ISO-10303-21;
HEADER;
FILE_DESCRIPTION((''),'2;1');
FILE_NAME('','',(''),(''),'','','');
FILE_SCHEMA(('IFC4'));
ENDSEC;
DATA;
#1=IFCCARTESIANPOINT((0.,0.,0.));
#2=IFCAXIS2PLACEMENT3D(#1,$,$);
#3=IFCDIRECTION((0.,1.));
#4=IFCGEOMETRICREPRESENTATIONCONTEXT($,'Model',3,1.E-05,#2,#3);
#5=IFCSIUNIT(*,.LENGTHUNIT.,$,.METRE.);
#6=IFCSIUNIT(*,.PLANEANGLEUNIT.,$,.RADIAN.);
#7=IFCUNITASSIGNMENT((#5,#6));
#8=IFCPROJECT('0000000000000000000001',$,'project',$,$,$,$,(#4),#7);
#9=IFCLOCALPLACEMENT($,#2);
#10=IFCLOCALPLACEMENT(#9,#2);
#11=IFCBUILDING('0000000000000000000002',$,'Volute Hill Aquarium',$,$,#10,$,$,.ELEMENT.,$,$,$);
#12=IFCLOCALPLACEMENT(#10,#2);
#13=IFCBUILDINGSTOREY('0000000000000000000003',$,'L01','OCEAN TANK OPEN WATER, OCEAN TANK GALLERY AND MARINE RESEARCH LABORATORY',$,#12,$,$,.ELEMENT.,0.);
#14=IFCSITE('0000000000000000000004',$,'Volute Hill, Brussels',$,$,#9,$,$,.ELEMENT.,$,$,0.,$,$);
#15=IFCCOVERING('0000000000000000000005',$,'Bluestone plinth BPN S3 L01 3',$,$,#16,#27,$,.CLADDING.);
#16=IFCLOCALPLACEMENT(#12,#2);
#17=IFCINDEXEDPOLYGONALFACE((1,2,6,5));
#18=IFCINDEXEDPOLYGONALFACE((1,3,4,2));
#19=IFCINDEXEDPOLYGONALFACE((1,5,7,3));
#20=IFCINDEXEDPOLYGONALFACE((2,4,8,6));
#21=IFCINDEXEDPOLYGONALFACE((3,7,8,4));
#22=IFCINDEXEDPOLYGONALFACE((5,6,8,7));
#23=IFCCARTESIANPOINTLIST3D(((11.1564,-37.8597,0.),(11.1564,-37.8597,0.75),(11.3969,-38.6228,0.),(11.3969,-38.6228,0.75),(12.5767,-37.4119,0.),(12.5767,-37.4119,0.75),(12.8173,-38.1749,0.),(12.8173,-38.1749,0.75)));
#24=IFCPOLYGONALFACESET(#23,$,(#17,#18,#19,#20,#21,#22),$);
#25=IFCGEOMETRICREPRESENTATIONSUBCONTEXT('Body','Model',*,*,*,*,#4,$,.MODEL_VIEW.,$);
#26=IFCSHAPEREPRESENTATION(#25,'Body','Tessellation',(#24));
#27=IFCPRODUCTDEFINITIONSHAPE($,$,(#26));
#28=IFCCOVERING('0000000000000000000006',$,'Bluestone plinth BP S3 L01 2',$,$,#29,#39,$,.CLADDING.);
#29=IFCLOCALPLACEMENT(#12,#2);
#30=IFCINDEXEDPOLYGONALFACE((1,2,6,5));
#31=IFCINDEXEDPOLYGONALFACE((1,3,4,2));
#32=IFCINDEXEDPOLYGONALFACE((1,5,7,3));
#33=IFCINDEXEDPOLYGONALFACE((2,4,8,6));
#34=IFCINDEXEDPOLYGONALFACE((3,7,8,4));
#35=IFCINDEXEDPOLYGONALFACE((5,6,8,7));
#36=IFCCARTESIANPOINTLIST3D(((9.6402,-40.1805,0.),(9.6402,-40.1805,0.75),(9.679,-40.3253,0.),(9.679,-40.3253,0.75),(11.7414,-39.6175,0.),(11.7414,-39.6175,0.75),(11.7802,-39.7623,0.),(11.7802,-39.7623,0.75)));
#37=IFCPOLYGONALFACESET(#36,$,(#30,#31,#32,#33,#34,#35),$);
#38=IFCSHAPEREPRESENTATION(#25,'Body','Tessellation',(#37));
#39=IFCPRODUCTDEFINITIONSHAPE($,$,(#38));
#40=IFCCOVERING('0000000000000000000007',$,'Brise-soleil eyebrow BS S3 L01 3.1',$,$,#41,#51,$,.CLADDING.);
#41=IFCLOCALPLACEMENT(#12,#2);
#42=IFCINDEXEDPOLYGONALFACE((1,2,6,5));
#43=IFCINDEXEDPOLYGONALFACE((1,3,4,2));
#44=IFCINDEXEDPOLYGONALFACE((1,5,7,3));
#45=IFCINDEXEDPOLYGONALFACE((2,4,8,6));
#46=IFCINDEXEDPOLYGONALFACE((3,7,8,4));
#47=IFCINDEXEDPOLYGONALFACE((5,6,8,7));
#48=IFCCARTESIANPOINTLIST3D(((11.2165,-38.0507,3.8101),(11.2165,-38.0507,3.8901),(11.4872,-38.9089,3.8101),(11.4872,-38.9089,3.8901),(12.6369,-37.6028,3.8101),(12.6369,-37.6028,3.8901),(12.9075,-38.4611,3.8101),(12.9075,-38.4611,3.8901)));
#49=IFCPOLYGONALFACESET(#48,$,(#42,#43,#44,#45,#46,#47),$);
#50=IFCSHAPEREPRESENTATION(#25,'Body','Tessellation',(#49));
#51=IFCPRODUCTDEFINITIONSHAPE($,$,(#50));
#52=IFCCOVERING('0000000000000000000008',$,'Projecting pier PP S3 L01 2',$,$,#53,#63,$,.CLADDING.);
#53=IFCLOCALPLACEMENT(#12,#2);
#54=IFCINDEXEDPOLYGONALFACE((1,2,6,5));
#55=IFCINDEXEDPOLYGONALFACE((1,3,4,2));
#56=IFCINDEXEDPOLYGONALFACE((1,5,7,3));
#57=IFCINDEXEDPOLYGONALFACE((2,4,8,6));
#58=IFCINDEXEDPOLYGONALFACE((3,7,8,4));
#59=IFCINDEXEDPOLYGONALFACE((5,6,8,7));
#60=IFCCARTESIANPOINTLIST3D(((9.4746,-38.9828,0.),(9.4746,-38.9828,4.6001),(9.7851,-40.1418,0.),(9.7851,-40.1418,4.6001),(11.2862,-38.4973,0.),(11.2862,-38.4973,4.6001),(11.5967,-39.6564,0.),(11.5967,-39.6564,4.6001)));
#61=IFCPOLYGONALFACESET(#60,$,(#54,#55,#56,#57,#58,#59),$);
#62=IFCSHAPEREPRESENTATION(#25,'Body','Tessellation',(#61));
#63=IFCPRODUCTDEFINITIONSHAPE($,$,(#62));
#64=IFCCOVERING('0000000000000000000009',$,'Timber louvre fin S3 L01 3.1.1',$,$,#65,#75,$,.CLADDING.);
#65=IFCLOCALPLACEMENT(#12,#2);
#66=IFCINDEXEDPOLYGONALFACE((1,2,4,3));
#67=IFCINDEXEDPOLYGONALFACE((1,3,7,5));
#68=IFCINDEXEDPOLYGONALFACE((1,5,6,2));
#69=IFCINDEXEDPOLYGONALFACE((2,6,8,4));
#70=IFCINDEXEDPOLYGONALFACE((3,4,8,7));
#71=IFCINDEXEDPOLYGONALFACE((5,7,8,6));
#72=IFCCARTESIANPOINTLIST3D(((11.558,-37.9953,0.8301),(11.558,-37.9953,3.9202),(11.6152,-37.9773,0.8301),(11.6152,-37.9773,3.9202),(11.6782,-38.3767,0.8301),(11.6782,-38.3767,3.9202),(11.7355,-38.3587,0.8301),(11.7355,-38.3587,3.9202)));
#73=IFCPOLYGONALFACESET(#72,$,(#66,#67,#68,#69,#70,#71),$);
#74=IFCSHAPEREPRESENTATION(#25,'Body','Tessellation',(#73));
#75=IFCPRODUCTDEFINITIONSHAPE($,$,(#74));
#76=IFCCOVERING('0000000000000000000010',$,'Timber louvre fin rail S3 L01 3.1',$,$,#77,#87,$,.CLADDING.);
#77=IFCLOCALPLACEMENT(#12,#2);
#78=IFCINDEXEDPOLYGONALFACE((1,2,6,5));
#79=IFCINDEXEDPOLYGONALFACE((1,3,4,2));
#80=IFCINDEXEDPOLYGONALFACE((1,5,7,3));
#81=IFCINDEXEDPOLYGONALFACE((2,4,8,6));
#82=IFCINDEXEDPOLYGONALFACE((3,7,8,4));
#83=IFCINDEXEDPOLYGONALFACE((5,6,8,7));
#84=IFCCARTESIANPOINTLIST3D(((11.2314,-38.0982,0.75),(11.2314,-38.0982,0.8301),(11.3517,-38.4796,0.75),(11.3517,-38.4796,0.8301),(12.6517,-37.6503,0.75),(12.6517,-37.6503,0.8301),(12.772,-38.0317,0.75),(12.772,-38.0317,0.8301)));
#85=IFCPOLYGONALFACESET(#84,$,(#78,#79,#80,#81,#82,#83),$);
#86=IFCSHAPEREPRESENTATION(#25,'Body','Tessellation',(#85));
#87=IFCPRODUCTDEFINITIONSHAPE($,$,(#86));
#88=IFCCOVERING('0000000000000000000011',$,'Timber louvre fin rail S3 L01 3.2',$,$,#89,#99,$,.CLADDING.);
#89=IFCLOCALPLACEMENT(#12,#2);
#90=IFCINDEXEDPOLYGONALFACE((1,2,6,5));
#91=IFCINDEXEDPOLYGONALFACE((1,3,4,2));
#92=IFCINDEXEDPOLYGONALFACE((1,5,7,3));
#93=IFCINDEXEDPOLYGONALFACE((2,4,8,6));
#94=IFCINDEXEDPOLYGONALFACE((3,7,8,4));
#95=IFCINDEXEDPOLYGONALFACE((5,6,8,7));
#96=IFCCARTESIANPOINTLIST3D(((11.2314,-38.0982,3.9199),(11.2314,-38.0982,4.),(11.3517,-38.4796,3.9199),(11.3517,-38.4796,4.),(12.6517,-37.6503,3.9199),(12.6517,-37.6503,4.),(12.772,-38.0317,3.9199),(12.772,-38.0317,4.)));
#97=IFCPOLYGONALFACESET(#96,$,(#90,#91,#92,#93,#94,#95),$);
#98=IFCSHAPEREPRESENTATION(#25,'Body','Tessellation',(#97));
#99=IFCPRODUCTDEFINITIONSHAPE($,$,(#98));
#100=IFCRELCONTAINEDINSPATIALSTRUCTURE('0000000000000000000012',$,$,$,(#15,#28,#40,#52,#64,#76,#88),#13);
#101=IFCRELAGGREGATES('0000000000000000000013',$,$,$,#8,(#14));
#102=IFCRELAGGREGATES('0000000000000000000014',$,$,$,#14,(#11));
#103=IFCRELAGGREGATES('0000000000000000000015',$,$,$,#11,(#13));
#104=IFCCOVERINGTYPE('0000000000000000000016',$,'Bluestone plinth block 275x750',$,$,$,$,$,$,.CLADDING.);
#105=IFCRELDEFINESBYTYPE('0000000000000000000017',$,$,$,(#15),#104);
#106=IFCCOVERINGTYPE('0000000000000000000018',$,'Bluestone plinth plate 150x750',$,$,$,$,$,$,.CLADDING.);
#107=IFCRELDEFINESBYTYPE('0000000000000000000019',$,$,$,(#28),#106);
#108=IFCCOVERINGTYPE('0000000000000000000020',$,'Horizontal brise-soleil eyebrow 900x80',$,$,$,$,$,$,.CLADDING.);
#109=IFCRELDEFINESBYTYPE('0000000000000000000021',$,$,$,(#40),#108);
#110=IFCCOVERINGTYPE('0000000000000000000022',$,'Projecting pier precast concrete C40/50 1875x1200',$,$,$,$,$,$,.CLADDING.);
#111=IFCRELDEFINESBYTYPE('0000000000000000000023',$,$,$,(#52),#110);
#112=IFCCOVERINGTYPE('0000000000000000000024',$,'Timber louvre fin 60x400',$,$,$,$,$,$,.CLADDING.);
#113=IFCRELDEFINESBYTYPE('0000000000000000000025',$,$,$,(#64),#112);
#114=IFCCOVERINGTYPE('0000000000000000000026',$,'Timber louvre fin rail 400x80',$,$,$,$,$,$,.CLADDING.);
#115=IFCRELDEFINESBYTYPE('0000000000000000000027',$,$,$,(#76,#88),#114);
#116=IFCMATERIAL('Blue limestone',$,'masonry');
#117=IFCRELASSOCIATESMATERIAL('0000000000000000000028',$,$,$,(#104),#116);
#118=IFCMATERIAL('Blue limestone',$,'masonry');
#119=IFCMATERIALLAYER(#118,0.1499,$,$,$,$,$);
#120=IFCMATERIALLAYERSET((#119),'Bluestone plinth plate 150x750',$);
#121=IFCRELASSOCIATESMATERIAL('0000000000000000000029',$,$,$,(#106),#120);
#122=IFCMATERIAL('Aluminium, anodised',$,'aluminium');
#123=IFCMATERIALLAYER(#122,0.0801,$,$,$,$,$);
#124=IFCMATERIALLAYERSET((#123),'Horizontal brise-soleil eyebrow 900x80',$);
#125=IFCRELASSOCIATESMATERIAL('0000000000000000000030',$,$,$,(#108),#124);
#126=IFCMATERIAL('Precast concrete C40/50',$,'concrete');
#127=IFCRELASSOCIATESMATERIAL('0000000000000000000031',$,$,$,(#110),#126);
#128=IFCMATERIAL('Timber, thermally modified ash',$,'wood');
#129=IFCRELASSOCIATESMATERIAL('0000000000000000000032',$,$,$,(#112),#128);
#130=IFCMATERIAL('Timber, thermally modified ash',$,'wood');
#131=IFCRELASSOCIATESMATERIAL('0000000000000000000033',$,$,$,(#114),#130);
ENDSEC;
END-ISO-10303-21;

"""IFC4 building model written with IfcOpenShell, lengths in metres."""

from ifc_helpers import new_model, si_unit, direction, frame, origin, origin_2d, place, context, subcontext, project, spatial, rectangle, extrude, material, layer, layer_set, type_object, element, save


model = new_model("IFC4")

# Units and contexts
model_context = context("Model", 3, precision=1e-05, world=origin(), true_north=direction((0.0, 1.0)))
body_context = subcontext(model_context, "Body", "Model", "MODEL_VIEW")
ifc_project = project(units=[si_unit("LENGTHUNIT", "METRE"), si_unit("PLANEANGLEUNIT", "RADIAN")], contexts=[model_context])

# Site, building, storey
site_placement = place(None, origin())
site = spatial("IfcSite", under=ifc_project, at=site_placement, Name="Volute Hill, Brussels", CompositionType="ELEMENT", RefElevation=0.0)
building_placement = place(site_placement, origin())
building = spatial("IfcBuilding", under=site, at=building_placement, Name="Volute Hill Aquarium", CompositionType="ELEMENT")
storey_placement = place(building_placement, origin())
storey = spatial("IfcBuildingStorey", under=building, at=storey_placement, Name="L01", Description="OCEAN TANK OPEN WATER, OCEAN TANK GALLERY AND MARINE RESEARCH LABORATORY", CompositionType="ELEMENT", Elevation=0.0)

# Coverings
ifc_material_1 = material(Name="Blue limestone", Category="masonry")
covering_type_1 = type_object("IfcCoveringType", Name="Bluestone plinth block 275x750", PredefinedType="CLADDING", material=ifc_material_1)
covering_1_placement = place(storey_placement, frame((11.9868, -38.0173, 0.0), z_axis=(0.0, 0.0, 1.0), x_axis=(0.953714, 0.300715, 0.0)))
element("IfcCovering", 1, at=covering_1_placement, inside=storey, type_object=covering_type_1, Name="Bluestone plinth BPN S3 L01 3", PredefinedType="CLADDING", context=body_context, shape_type="SweptSolid", body=[
    extrude(rectangle(XDim=1.4893, YDim=0.8, at=origin_2d()), origin(), (0.0, 0.0, 1.0), 0.75),
])
ifc_material_2 = material(Name="Blue limestone", Category="masonry")
ifc_layer_1 = layer(ifc_material_2, 0.1499)
ifc_layer_set_1 = layer_set([ifc_layer_1], Name="Bluestone plinth plate 150x750")
covering_type_2 = type_object("IfcCoveringType", Name="Bluestone plinth plate 150x750", PredefinedType="CLADDING", material=ifc_layer_set_1)
covering_2_placement = place(storey_placement, frame((10.7102, -39.9714, 0.0), z_axis=(0.0, 0.0, 1.0), x_axis=(0.965926, 0.258819, 0.0)))
element("IfcCovering", 2, at=covering_2_placement, inside=storey, type_object=covering_type_2, Name="Bluestone plinth BP S3 L01 2", PredefinedType="CLADDING", context=body_context, shape_type="SweptSolid", body=[
    extrude(rectangle(XDim=2.1753, YDim=0.1499, at=origin_2d()), origin(), (0.0, 0.0, 1.0), 0.75),
])
ifc_material_3 = material(Name="Aluminium, anodised", Category="aluminium")
ifc_layer_2 = layer(ifc_material_3, 0.0801)
ifc_layer_set_2 = layer_set([ifc_layer_2], Name="Horizontal brise-soleil eyebrow 900x80")
covering_type_3 = type_object("IfcCoveringType", Name="Horizontal brise-soleil eyebrow 900x80", PredefinedType="CLADDING", material=ifc_layer_set_2)
covering_3_placement = place(storey_placement, frame((12.062, -38.2559, 3.8101), z_axis=(0.0, 0.0, 1.0), x_axis=(0.953714, 0.300715, 0.0)))
element("IfcCovering", 3, at=covering_3_placement, inside=storey, type_object=covering_type_3, Name="Brise-soleil eyebrow BS S3 L01 3.1", PredefinedType="CLADDING", context=body_context, shape_type="SweptSolid", body=[
    extrude(rectangle(XDim=1.4893, YDim=0.8999, at=origin_2d()), origin(), (0.0, 0.0, 1.0), 0.0801),
])
ifc_material_4 = material(Name="Precast concrete C40/50", Category="concrete")
covering_type_4 = type_object("IfcCoveringType", Name="Projecting pier precast concrete C40/50 1875x1200", PredefinedType="CLADDING", material=ifc_material_4)
covering_4_placement = place(storey_placement, frame((10.5356, -39.3196, 0.0), z_axis=(0.0, 0.0, 1.0), x_axis=(0.965926, 0.258819, 0.0)))
element("IfcCovering", 4, at=covering_4_placement, inside=storey, type_object=covering_type_4, Name="Projecting pier PP S3 L01 2", PredefinedType="CLADDING", context=body_context, shape_type="SweptSolid", body=[
    extrude(rectangle(XDim=1.8755, YDim=1.2, at=origin_2d()), origin(), (0.0, 0.0, 1.0), 4.6001),
])
ifc_material_5 = material(Name="Timber, thermally modified ash", Category="wood")
covering_type_5 = type_object("IfcCoveringType", Name="Timber louvre fin 60x400", PredefinedType="CLADDING", material=ifc_material_5)
covering_5_placement = place(storey_placement, frame((11.6467, -38.177, 0.8301), z_axis=(0.0, 0.0, 1.0), x_axis=(0.953714, 0.300715, 0.0)))
element("IfcCovering", 5, at=covering_5_placement, inside=storey, type_object=covering_type_5, Name="Timber louvre fin S3 L01 3.1.1", PredefinedType="CLADDING", context=body_context, shape_type="SweptSolid", body=[
    extrude(rectangle(XDim=0.0601, YDim=0.3999, at=origin_2d()), origin(), (0.0, 0.0, 1.0), 3.0901),
])
ifc_material_6 = material(Name="Timber, thermally modified ash", Category="wood")
covering_type_6 = type_object("IfcCoveringType", Name="Timber louvre fin rail 400x80", PredefinedType="CLADDING", material=ifc_material_6)
for number, where, z_axis, x_axis, name in (
    (6, (12.0017, -38.0649, 0.75), (0.0, 0.0, 1.0), (0.953714, 0.300715, 0.0), "Timber louvre fin rail S3 L01 3.1"),
    (7, (12.0017, -38.0649, 3.9199), (0.0, 0.0, 1.0), (0.953714, 0.300715, 0.0), "Timber louvre fin rail S3 L01 3.2"),
):
    element("IfcCovering", number, at=place(storey_placement, frame(where, z_axis=z_axis, x_axis=x_axis)), inside=storey, type_object=covering_type_6, Name=name, PredefinedType="CLADDING", context=body_context, shape_type="SweptSolid", body=[
        extrude(rectangle(XDim=1.4893, YDim=0.3999, at=origin_2d()), origin(), (0.0, 0.0, 1.0), 0.0801),
    ])

save(model, "model.ifc")
